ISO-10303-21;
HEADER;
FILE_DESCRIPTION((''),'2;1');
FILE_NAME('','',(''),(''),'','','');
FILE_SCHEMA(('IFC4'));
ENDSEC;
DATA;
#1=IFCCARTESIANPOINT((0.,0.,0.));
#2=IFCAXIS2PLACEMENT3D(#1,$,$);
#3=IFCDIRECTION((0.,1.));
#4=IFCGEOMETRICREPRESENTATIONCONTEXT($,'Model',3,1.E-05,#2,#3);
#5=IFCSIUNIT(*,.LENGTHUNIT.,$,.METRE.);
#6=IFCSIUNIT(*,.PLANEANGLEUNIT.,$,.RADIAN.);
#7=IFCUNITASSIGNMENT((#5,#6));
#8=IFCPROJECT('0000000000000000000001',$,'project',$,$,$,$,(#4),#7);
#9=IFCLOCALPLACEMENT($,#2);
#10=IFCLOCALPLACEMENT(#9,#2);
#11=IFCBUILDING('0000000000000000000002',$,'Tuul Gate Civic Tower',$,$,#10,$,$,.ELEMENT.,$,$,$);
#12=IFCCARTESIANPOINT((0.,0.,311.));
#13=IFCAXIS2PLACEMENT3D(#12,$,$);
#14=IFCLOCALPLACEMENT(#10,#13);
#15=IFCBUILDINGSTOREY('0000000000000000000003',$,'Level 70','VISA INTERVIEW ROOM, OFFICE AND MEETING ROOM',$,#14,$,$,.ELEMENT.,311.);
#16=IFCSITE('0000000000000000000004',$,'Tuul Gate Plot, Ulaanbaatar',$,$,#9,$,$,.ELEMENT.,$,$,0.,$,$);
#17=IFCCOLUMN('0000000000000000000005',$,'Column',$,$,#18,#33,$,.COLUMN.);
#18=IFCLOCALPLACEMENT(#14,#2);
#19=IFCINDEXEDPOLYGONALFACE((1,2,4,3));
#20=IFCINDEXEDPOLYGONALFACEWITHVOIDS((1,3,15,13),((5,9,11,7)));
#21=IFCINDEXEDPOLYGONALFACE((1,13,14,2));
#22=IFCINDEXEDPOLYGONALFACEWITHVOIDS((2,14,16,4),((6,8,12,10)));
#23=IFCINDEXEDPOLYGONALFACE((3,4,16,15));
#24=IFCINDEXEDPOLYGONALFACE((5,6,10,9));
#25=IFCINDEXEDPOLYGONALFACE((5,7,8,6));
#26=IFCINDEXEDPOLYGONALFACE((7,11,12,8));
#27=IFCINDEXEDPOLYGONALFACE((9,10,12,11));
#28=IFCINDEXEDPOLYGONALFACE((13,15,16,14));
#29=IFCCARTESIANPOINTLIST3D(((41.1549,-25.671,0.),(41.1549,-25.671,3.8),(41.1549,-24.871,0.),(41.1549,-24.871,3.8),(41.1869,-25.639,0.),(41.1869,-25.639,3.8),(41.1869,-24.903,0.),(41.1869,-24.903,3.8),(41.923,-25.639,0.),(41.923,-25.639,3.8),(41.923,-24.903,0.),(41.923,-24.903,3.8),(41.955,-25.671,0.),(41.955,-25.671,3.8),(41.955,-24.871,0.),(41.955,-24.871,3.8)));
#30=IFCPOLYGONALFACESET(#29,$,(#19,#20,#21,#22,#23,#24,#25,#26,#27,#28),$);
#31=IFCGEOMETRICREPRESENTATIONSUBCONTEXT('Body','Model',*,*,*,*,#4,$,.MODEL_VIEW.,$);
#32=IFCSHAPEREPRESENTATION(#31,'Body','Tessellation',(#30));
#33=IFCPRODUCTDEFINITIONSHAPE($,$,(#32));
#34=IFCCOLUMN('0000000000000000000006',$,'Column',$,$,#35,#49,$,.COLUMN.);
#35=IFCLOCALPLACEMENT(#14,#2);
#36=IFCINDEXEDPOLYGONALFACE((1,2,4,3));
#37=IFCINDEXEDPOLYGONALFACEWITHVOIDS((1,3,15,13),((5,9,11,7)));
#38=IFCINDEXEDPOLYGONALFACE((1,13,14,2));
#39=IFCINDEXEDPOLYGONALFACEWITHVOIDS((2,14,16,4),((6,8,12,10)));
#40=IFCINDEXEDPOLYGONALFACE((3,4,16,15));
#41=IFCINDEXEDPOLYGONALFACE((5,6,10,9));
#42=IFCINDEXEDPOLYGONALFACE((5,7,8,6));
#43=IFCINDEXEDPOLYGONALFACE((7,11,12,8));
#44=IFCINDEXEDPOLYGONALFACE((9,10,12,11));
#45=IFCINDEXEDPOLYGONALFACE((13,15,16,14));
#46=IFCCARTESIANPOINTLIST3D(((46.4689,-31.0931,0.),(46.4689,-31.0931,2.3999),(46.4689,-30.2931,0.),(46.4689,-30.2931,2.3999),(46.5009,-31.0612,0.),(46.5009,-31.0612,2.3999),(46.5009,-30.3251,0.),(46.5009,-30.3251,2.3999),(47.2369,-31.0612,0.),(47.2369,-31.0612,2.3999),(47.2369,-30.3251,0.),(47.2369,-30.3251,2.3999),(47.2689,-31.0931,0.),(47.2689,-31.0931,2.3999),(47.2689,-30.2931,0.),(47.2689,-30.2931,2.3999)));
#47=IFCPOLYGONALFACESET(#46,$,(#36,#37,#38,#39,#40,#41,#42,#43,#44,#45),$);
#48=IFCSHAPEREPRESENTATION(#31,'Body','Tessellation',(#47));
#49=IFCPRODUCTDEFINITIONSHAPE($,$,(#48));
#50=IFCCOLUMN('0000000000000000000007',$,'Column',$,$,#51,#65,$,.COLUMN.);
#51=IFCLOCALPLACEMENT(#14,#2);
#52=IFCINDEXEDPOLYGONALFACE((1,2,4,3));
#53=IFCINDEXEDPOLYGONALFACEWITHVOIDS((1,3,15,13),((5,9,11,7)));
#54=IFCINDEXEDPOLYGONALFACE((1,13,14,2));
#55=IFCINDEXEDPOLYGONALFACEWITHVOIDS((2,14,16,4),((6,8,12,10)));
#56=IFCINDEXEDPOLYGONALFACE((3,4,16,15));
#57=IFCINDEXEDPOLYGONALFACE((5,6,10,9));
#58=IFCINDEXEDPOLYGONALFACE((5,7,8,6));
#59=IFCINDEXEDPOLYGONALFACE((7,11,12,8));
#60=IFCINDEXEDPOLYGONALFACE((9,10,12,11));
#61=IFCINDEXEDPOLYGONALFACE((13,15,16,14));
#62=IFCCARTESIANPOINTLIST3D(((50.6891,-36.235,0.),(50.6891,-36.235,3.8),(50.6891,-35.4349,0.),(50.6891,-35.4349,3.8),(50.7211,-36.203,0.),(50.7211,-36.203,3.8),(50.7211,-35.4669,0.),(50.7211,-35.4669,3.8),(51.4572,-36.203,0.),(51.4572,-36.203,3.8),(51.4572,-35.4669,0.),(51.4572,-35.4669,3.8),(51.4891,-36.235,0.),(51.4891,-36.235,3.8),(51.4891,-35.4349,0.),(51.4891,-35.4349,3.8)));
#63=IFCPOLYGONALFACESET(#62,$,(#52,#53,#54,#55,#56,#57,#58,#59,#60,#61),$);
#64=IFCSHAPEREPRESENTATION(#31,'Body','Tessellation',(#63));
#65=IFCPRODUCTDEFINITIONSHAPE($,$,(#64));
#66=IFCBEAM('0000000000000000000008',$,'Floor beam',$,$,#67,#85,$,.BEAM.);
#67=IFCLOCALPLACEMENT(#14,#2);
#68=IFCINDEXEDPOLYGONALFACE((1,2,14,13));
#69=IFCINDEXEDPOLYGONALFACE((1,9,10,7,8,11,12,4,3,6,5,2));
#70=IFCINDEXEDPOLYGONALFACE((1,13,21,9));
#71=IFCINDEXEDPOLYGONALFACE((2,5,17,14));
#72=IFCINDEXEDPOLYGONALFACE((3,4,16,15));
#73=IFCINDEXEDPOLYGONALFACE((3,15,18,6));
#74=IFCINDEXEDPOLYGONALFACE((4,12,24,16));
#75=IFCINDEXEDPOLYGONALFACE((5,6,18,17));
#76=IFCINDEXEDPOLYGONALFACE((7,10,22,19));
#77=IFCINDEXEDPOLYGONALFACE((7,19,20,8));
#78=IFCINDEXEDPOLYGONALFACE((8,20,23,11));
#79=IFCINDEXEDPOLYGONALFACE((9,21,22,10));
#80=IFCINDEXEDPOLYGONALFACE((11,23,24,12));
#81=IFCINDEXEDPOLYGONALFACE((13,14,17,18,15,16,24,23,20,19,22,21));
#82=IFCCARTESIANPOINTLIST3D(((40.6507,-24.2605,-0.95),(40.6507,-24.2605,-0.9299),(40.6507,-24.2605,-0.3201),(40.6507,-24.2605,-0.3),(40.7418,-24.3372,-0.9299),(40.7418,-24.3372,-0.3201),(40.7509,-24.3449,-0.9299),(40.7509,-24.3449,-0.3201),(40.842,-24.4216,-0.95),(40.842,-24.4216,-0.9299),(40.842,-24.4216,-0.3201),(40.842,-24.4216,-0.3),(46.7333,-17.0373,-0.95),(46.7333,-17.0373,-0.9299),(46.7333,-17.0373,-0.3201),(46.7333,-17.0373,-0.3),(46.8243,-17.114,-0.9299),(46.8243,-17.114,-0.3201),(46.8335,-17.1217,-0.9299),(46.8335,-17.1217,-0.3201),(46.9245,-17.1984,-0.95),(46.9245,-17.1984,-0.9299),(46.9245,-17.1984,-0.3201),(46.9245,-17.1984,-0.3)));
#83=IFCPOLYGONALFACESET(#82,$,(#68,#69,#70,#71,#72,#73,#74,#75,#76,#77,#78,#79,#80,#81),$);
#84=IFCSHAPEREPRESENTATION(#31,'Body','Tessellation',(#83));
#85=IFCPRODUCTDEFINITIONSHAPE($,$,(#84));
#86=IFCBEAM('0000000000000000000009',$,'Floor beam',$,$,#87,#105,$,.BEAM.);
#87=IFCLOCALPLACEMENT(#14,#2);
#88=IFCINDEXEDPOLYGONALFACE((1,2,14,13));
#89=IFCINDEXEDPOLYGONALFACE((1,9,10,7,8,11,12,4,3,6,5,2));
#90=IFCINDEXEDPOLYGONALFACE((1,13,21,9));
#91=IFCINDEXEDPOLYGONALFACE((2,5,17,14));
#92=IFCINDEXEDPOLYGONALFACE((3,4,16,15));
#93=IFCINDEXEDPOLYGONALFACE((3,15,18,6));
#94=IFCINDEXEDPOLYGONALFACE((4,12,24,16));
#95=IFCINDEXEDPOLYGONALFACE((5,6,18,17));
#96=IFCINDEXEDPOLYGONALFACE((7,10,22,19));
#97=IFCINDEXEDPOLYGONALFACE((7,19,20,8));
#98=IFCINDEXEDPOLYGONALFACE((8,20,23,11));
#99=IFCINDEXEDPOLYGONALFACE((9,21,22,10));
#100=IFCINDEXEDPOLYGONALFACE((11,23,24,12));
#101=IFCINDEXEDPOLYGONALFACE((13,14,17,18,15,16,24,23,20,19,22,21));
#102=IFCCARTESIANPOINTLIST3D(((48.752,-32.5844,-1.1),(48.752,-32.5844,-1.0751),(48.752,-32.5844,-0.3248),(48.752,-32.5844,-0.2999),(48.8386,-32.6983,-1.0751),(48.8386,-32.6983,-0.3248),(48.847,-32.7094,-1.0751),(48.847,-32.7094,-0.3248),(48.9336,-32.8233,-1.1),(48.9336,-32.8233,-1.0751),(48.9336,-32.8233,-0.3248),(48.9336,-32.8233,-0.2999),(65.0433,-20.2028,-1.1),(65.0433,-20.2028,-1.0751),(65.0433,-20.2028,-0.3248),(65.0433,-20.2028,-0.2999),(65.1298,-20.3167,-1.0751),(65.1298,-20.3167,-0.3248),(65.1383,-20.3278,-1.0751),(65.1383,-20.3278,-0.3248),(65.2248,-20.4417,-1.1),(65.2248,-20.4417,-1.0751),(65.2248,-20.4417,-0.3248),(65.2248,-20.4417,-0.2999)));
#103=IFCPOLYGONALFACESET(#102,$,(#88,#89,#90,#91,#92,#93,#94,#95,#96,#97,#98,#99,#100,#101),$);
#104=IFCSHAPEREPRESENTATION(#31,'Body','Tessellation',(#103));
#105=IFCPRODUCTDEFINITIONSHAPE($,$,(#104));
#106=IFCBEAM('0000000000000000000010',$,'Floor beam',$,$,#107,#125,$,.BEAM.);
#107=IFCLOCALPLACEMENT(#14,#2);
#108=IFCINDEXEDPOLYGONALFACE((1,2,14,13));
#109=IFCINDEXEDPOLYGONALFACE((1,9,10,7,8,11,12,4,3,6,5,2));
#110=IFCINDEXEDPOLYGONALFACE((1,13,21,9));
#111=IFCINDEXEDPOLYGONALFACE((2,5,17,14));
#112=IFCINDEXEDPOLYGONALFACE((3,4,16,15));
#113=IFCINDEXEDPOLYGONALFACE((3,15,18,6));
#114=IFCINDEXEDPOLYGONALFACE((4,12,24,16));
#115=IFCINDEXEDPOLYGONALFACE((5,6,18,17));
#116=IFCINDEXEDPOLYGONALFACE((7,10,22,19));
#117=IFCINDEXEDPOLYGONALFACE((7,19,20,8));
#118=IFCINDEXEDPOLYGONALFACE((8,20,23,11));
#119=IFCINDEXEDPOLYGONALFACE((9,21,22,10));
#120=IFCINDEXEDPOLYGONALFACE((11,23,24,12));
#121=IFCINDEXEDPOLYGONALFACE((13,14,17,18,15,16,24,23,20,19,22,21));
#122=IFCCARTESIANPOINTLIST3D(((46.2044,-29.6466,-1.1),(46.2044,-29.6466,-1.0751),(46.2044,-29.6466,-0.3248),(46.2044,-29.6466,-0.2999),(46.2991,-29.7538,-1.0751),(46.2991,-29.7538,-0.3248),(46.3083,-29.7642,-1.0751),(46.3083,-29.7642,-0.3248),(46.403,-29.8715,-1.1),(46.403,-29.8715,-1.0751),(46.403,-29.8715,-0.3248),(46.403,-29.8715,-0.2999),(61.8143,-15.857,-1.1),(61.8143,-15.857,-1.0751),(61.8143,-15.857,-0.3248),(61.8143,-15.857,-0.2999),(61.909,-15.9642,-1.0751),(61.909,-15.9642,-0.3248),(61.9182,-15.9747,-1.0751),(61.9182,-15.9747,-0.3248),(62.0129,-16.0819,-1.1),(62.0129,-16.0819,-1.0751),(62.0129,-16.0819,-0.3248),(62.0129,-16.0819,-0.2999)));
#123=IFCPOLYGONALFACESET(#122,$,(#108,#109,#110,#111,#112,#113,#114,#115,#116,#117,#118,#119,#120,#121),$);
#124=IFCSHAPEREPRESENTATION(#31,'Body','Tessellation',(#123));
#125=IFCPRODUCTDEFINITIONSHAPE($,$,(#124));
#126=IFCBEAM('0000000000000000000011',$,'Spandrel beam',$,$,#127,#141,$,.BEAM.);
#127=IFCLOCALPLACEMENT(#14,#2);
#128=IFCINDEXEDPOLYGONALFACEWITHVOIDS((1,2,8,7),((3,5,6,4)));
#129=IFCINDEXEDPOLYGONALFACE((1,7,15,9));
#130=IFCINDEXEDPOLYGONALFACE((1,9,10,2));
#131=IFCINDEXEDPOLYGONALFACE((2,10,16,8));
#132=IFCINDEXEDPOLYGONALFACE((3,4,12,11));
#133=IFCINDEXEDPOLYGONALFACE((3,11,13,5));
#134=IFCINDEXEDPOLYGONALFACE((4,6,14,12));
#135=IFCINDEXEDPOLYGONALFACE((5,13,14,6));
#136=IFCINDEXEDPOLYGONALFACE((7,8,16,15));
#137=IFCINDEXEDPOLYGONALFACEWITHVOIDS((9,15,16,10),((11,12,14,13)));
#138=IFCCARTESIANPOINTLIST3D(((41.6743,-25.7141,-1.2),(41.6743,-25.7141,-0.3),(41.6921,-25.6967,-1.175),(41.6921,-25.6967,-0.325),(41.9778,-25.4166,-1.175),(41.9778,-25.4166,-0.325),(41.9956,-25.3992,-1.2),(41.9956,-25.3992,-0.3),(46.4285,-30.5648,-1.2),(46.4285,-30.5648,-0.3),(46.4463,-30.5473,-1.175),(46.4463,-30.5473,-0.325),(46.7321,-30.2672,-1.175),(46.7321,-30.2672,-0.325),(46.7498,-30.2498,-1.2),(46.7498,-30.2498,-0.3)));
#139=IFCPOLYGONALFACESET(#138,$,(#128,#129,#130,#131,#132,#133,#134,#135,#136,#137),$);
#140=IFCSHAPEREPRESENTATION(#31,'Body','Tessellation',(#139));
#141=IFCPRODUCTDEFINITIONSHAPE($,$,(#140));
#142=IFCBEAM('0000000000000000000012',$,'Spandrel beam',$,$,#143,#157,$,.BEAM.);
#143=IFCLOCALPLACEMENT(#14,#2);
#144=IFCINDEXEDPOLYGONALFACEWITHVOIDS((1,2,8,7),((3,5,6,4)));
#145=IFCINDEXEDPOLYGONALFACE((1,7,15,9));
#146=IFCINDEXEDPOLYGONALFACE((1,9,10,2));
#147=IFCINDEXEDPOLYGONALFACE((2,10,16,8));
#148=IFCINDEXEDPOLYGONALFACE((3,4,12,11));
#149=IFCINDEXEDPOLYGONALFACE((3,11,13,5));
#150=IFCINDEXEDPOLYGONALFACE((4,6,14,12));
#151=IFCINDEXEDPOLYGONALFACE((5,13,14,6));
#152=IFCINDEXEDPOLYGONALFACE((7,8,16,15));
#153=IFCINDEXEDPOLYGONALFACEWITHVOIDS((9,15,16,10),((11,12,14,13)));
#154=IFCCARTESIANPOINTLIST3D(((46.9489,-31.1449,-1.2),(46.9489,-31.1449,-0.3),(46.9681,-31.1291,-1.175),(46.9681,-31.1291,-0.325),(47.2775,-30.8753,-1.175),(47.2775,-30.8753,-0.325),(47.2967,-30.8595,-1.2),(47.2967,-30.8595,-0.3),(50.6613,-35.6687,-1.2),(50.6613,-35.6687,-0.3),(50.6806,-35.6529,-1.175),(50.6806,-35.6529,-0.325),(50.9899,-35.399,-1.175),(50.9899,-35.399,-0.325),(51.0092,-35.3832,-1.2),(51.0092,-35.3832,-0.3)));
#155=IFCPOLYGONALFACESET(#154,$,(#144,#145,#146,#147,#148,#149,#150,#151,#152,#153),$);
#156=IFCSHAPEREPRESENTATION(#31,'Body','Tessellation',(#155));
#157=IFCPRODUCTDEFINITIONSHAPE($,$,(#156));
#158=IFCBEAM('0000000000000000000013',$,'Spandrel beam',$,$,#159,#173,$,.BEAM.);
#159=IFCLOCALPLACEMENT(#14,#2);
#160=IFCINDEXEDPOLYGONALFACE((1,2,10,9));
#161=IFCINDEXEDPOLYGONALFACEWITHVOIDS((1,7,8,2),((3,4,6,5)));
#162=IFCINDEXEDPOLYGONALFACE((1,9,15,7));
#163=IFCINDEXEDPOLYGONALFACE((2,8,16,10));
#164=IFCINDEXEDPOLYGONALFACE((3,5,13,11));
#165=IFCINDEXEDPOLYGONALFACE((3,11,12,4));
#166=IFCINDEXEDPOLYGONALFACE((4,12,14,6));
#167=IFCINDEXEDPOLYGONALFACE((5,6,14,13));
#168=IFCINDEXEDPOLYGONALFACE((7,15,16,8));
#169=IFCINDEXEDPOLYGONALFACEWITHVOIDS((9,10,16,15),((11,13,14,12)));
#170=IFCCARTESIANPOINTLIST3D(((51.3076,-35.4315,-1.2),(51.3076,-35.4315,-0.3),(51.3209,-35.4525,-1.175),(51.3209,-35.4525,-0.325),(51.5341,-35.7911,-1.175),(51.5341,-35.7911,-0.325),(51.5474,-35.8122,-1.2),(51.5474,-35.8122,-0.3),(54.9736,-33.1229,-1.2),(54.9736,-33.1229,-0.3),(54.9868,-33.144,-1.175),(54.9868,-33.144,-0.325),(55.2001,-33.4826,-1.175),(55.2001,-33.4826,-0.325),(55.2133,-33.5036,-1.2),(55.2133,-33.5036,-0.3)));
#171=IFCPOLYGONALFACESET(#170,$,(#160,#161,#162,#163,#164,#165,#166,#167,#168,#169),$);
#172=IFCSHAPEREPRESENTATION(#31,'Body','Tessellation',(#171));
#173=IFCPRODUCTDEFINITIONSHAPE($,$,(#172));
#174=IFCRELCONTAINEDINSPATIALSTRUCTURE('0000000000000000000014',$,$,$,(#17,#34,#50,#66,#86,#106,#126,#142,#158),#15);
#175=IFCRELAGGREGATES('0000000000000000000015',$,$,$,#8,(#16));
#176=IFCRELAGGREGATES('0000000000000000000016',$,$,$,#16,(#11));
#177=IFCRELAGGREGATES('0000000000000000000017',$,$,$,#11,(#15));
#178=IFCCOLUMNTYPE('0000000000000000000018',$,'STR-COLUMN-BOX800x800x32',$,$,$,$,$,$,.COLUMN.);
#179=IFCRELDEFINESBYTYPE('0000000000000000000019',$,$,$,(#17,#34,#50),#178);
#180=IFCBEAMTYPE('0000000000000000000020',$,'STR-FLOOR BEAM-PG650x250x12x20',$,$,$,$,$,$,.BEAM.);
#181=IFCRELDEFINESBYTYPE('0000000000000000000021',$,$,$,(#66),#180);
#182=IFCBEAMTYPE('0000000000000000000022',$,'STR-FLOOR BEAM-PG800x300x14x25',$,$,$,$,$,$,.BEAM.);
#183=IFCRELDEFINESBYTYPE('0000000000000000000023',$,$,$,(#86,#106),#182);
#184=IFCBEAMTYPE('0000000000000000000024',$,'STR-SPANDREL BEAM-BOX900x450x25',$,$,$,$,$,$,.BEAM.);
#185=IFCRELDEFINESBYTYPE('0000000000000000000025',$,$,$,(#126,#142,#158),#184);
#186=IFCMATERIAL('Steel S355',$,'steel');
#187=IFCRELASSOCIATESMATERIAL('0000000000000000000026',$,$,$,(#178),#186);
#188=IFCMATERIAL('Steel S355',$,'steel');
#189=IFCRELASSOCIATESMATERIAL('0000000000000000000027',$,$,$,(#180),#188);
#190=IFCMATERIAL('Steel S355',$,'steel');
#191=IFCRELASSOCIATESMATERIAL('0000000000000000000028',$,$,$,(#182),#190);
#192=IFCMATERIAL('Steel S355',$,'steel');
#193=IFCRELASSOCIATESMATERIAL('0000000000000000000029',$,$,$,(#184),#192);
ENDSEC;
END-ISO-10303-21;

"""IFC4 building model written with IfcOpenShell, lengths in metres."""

from ifc_helpers import new_model, si_unit, direction, frame, origin, origin_2d, place, context, subcontext, project, spatial, hollow_rectangle, i_section, extrude, material, material_profile, profile_set, type_object, element, save


model = new_model("IFC4")

# Units and contexts
model_context = context("Model", 3, precision=1e-05, world=origin(), true_north=direction((0.0, 1.0)))
body_context = subcontext(model_context, "Body", "Model", "MODEL_VIEW")
ifc_project = project(units=[si_unit("LENGTHUNIT", "METRE"), si_unit("PLANEANGLEUNIT", "RADIAN")], contexts=[model_context])

# Site, building, storey
site_placement = place(None, origin())
site = spatial("IfcSite", under=ifc_project, at=site_placement, Name="Tuul Gate Plot, Ulaanbaatar", CompositionType="ELEMENT", RefElevation=0.0)
building_placement = place(site_placement, origin())
building = spatial("IfcBuilding", under=site, at=building_placement, Name="Tuul Gate Civic Tower", CompositionType="ELEMENT")
storey_placement = place(building_placement, frame((0.0, 0.0, 311.0)))
storey = spatial("IfcBuildingStorey", under=building, at=storey_placement, Name="Level 70", Description="VISA INTERVIEW ROOM, OFFICE AND MEETING ROOM", CompositionType="ELEMENT", Elevation=311.0)

# Columns
ifc_material_1 = material(Name="Steel S355", Category="steel")
ifc_material_profile_1 = material_profile(ifc_material_1, hollow_rectangle(XDim=0.8, YDim=0.8, WallThickness=0.032, at=origin_2d()), Name="BOX800x800x32")
ifc_profile_set_1 = profile_set([ifc_material_profile_1], Name="Steel S355")
column_type = type_object("IfcColumnType", Name="STR-COLUMN-BOX800x800x32", PredefinedType="COLUMN", material=ifc_profile_set_1)
column_1_placement = place(storey_placement, frame((41.5549, -25.271, 0.0), z_axis=(0.0, 0.0, 1.0), x_axis=(1.0, 0.0, 0.0)))
element("IfcColumn", 1, at=column_1_placement, inside=storey, type_object=column_type, Name="Column", PredefinedType="COLUMN", context=body_context, shape_type="SweptSolid", body=[
    extrude(hollow_rectangle(XDim=0.8, YDim=0.8, WallThickness=0.032, at=origin_2d()), origin(), (0.0, 0.0, 1.0), 3.8),
])
column_2_placement = place(storey_placement, frame((46.8689, -30.6931, 0.0), z_axis=(0.0, 0.0, 1.0), x_axis=(1.0, 0.0, 0.0)))
element("IfcColumn", 2, at=column_2_placement, inside=storey, type_object=column_type, Name="Column", PredefinedType="COLUMN", context=body_context, shape_type="SweptSolid", body=[
    extrude(hollow_rectangle(XDim=0.8, YDim=0.8, WallThickness=0.032, at=origin_2d()), origin(), (0.0, 0.0, 1.0), 2.3999),
])
column_3_placement = place(storey_placement, frame((51.0891, -35.835, 0.0), z_axis=(0.0, 0.0, 1.0), x_axis=(1.0, 0.0, 0.0)))
element("IfcColumn", 3, at=column_3_placement, inside=storey, type_object=column_type, Name="Column", PredefinedType="COLUMN", context=body_context, shape_type="SweptSolid", body=[
    extrude(hollow_rectangle(XDim=0.8, YDim=0.8, WallThickness=0.032, at=origin_2d()), origin(), (0.0, 0.0, 1.0), 3.8),
])

# Beams
ifc_material_2 = material(Name="Steel S355", Category="steel")
ifc_material_profile_2 = material_profile(ifc_material_2, i_section(OverallWidth=0.25, OverallDepth=0.6499, WebThickness=0.012, FlangeThickness=0.02, at=origin_2d()), Name="PG650x250x12x20")
ifc_profile_set_2 = profile_set([ifc_material_profile_2], Name="Steel S355")
beam_type_1 = type_object("IfcBeamType", Name="STR-FLOOR BEAM-PG650x250x12x20", PredefinedType="BEAM", material=ifc_profile_set_2)
beam_1_placement = place(storey_placement, frame((40.7463, -24.3411, -0.625), z_axis=(0.644128, 0.764918, 0.0), x_axis=(-0.764918, 0.644128, 0.0)))
element("IfcBeam", 4, at=beam_1_placement, inside=storey, type_object=beam_type_1, Name="Floor beam", PredefinedType="BEAM", context=body_context, shape_type="SweptSolid", body=[
    extrude(i_section(OverallWidth=0.25, OverallDepth=0.6499, WebThickness=0.012, FlangeThickness=0.02, at=origin_2d()), origin(), (0.0, 0.0, 1.0), 9.4431),
])
ifc_material_3 = material(Name="Steel S355", Category="steel")
ifc_material_profile_3 = material_profile(ifc_material_3, i_section(OverallWidth=0.3, OverallDepth=0.8, WebThickness=0.0139, FlangeThickness=0.0249, at=origin_2d()), Name="PG800x300x14x25")
ifc_profile_set_3 = profile_set([ifc_material_profile_3], Name="Steel S355")
beam_type_2 = type_object("IfcBeamType", Name="STR-FLOOR BEAM-PG800x300x14x25", PredefinedType="BEAM", material=ifc_profile_set_3)
beam_2_placement = place(storey_placement, frame((48.8428, -32.7039, -0.7), z_axis=(0.796157, 0.605091, 0.0), x_axis=(-0.605091, 0.796157, 0.0)))
element("IfcBeam", 5, at=beam_2_placement, inside=storey, type_object=beam_type_2, Name="Floor beam", PredefinedType="BEAM", context=body_context, shape_type="SweptSolid", body=[
    extrude(i_section(OverallWidth=0.3, OverallDepth=0.8, WebThickness=0.0139, FlangeThickness=0.0249, at=origin_2d()), origin(), (0.0, 0.0, 1.0), 20.4624),
])
beam_3_placement = place(storey_placement, frame((46.3037, -29.759, -0.7), z_axis=(0.749453, 0.662057, 0.0), x_axis=(-0.662057, 0.749453, 0.0)))
element("IfcBeam", 6, at=beam_3_placement, inside=storey, type_object=beam_type_2, Name="Floor beam", PredefinedType="BEAM", context=body_context, shape_type="SweptSolid", body=[
    extrude(i_section(OverallWidth=0.3, OverallDepth=0.8, WebThickness=0.0139, FlangeThickness=0.0249, at=origin_2d()), origin(), (0.0, 0.0, 1.0), 20.8284),
])
ifc_material_4 = material(Name="Steel S355", Category="steel")
ifc_material_profile_4 = material_profile(ifc_material_4, hollow_rectangle(XDim=0.45, YDim=0.8999, WallThickness=0.0249, at=origin_2d()), Name="BOX900x450x25")
ifc_profile_set_4 = profile_set([ifc_material_profile_4], Name="Steel S355")
beam_type_3 = type_object("IfcBeamType", Name="STR-SPANDREL BEAM-BOX900x450x25", PredefinedType="BEAM", material=ifc_profile_set_4)
beam_4_placement = place(storey_placement, frame((41.835, -25.5566, -0.75), z_axis=(0.699972, -0.71417, 0.0), x_axis=(0.71417, 0.699972, 0.0)))
element("IfcBeam", 7, at=beam_4_placement, inside=storey, type_object=beam_type_3, Name="Spandrel beam", PredefinedType="BEAM", context=body_context, shape_type="SweptSolid", body=[
    extrude(hollow_rectangle(XDim=0.45, YDim=0.8999, WallThickness=0.0249, at=origin_2d()), origin(), (0.0, 0.0, 1.0), 6.792),
])
beam_5_placement = place(storey_placement, frame((47.1228, -31.0022, -0.75), z_axis=(0.634384, -0.773018, 0.0), x_axis=(0.773018, 0.634384, 0.0)))
element("IfcBeam", 8, at=beam_5_placement, inside=storey, type_object=beam_type_3, Name="Spandrel beam", PredefinedType="BEAM", context=body_context, shape_type="SweptSolid", body=[
    extrude(hollow_rectangle(XDim=0.45, YDim=0.8999, WallThickness=0.0249, at=origin_2d()), origin(), (0.0, 0.0, 1.0), 5.8521),
])
beam_6_placement = place(storey_placement, frame((51.4275, -35.6218, -0.75), z_axis=(0.846195, 0.532873, 0.0), x_axis=(-0.532873, 0.846195, 0.0)))
element("IfcBeam", 9, at=beam_6_placement, inside=storey, type_object=beam_type_3, Name="Spandrel beam", PredefinedType="BEAM", context=body_context, shape_type="SweptSolid", body=[
    extrude(hollow_rectangle(XDim=0.45, YDim=0.8999, WallThickness=0.0249, at=origin_2d()), origin(), (0.0, 0.0, 1.0), 4.3323),
])

save(model, "model.ifc")
